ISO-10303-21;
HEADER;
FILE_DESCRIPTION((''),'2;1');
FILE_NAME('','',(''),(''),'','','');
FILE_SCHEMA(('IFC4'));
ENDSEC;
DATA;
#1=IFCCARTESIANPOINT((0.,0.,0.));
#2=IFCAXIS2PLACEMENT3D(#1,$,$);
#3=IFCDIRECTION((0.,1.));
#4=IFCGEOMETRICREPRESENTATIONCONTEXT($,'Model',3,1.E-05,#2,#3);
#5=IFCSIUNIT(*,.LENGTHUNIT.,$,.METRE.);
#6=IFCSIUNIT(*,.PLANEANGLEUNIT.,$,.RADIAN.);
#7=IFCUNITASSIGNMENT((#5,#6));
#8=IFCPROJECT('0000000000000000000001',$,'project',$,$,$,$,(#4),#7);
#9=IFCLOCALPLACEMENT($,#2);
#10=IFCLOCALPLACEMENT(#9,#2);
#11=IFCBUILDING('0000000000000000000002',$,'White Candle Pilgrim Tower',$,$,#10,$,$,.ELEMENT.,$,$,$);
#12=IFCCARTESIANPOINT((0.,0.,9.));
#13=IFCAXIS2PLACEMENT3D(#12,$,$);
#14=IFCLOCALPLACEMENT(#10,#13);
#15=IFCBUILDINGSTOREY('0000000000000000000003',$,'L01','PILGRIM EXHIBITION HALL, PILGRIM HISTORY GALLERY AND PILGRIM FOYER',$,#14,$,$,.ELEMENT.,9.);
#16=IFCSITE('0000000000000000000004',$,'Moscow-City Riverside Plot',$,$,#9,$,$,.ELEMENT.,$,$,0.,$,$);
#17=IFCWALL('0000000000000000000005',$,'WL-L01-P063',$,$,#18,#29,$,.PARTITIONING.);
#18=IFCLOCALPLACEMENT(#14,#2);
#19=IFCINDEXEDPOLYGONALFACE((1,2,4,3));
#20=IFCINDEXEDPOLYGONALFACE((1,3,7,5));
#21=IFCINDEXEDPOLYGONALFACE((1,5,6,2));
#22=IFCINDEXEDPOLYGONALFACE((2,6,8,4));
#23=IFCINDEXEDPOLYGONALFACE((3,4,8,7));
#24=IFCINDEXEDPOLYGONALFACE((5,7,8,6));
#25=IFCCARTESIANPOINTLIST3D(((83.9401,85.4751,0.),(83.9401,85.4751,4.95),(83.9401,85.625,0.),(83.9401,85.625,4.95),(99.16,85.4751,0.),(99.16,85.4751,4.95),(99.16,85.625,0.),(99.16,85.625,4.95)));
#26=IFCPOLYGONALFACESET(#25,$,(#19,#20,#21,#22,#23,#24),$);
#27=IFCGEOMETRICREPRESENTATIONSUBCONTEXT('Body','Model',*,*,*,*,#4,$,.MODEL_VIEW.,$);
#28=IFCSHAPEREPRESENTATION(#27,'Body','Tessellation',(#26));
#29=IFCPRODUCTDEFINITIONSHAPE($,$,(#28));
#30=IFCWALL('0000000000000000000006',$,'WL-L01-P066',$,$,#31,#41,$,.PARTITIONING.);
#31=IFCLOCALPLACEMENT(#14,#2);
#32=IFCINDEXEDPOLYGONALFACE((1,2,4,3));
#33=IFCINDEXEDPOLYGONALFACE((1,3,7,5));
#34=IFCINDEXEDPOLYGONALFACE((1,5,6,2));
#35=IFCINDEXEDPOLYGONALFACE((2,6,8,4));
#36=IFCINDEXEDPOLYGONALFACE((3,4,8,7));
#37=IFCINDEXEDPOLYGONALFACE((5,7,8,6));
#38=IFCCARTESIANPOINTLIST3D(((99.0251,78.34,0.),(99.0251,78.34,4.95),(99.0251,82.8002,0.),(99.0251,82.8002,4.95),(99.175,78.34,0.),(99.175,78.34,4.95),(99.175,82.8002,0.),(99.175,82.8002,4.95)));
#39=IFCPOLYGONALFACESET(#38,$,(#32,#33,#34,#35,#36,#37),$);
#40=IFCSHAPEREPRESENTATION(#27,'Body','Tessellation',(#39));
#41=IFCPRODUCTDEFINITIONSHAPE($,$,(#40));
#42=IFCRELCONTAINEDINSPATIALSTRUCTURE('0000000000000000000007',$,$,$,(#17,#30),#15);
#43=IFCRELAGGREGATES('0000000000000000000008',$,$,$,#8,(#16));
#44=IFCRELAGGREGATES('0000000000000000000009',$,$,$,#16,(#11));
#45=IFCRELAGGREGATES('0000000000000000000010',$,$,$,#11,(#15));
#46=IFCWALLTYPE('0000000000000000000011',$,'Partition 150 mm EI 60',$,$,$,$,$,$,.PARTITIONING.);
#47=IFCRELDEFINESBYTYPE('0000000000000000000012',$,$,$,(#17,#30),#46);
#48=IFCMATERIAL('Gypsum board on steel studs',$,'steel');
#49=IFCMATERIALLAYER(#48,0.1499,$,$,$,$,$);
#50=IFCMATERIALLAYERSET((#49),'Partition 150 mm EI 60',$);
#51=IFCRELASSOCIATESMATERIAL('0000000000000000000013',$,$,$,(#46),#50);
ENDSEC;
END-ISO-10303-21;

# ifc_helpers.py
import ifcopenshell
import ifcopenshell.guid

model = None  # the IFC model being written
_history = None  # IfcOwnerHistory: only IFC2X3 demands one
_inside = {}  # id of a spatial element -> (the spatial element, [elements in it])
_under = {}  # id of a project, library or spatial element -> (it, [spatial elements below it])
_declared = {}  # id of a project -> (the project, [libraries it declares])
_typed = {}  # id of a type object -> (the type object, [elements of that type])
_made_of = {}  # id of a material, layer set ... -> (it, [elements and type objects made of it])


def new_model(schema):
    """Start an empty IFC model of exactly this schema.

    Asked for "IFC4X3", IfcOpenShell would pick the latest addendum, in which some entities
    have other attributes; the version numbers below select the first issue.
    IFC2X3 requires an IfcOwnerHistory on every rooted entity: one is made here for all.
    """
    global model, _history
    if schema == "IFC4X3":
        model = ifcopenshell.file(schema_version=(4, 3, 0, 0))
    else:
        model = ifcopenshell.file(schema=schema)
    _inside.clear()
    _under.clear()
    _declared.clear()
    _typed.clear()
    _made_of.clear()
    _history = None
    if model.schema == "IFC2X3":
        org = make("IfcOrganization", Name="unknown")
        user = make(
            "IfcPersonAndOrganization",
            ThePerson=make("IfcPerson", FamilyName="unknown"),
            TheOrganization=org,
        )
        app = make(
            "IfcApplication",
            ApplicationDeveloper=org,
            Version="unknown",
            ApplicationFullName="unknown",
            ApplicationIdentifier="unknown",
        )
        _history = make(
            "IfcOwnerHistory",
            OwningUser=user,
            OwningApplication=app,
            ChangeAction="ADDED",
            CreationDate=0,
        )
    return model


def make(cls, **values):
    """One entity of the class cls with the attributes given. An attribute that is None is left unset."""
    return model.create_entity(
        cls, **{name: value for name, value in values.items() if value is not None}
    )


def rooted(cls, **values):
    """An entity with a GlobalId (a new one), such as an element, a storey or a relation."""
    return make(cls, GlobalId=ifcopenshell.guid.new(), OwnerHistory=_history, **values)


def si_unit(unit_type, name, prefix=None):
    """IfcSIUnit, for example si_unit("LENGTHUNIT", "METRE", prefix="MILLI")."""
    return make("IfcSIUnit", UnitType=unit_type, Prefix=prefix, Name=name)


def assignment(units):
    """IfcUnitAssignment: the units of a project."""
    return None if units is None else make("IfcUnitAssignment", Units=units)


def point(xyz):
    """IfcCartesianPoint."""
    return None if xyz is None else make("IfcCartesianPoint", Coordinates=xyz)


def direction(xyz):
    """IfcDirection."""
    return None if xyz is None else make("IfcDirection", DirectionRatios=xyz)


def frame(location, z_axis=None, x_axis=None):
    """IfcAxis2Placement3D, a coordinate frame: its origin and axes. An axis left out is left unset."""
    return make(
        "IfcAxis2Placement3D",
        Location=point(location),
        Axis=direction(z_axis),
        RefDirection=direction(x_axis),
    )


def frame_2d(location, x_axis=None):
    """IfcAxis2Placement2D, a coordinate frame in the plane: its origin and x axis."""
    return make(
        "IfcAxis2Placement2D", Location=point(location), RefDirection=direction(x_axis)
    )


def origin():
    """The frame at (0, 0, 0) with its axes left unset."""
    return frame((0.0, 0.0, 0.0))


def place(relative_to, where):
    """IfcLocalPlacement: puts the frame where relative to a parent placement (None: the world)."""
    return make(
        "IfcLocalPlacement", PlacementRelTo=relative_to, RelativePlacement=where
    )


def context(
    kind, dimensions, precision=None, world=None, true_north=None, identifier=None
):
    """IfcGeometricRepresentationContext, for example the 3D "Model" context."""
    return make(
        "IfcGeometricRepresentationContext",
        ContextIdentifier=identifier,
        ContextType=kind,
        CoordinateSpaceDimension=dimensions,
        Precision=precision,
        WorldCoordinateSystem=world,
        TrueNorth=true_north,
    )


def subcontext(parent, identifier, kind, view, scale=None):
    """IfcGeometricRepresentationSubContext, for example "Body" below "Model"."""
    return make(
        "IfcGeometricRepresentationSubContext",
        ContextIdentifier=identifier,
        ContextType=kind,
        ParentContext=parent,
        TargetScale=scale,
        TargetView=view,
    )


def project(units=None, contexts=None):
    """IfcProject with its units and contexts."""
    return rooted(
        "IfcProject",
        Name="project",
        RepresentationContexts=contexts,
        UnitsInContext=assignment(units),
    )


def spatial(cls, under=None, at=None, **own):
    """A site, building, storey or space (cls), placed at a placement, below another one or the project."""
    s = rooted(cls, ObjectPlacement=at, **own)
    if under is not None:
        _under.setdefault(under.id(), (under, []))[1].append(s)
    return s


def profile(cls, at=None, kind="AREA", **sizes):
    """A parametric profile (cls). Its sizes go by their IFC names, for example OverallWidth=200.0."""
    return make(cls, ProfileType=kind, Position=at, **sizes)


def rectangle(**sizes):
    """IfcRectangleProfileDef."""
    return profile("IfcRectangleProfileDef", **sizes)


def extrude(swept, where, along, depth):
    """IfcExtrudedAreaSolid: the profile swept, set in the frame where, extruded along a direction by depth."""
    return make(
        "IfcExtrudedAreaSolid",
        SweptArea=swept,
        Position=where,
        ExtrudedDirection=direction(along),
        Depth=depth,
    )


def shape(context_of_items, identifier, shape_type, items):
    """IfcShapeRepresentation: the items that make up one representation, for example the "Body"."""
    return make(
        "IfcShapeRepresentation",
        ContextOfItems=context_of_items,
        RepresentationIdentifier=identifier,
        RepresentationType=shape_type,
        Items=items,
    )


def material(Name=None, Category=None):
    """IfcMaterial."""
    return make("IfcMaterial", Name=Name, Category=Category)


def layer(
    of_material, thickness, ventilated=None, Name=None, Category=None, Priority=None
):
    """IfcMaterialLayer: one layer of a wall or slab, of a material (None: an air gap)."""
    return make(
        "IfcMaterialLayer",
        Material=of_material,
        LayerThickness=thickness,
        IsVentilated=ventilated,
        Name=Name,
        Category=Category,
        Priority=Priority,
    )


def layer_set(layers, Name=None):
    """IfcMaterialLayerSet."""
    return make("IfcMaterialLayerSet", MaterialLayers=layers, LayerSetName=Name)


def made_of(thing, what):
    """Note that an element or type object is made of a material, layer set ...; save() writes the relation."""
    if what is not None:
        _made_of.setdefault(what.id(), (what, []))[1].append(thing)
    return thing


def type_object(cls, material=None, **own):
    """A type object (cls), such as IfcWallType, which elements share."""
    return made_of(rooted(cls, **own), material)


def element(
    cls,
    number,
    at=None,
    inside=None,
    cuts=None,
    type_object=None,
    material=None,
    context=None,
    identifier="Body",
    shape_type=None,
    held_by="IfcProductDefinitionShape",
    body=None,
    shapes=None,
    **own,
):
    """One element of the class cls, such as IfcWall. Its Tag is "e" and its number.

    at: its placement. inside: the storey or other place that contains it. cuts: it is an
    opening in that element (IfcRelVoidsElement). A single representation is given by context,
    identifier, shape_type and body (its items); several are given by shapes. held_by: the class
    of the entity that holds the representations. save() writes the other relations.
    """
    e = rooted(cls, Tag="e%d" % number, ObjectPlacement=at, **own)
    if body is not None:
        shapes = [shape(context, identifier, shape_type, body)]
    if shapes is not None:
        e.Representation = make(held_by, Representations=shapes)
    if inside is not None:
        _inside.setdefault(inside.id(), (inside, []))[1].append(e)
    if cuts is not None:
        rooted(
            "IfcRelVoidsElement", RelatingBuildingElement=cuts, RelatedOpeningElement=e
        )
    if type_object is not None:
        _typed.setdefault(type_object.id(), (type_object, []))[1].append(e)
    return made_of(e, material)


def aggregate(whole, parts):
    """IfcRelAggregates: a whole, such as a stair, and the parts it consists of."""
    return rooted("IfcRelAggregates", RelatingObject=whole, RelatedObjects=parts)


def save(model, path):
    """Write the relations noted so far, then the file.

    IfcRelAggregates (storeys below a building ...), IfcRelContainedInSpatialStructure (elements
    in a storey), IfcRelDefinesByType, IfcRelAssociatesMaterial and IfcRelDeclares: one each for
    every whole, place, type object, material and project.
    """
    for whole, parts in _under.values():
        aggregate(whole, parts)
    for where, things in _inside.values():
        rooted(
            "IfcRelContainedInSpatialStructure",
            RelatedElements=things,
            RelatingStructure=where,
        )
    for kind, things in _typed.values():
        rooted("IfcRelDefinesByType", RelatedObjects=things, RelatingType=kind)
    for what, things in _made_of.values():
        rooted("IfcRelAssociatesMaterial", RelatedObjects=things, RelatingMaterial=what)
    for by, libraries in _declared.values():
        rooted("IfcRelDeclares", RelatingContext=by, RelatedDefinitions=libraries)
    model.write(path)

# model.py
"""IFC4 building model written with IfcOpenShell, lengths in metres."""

from ifc_helpers import new_model, si_unit, direction, frame, frame_2d, origin, place, context, subcontext, project, spatial, rectangle, extrude, material, layer, layer_set, type_object, element, save


model = new_model("IFC4")

# Units and contexts
model_context = context("Model", 3, precision=1e-05, world=origin(), true_north=direction((0.0, 1.0)))
body_context = subcontext(model_context, "Body", "Model", "MODEL_VIEW")
ifc_project = project(units=[si_unit("LENGTHUNIT", "METRE"), si_unit("PLANEANGLEUNIT", "RADIAN")], contexts=[model_context])

# Site, building, storey
site_placement = place(None, origin())
site = spatial("IfcSite", under=ifc_project, at=site_placement, Name="Moscow-City Riverside Plot", CompositionType="ELEMENT", RefElevation=0.0)
building_placement = place(site_placement, origin())
building = spatial("IfcBuilding", under=site, at=building_placement, Name="White Candle Pilgrim Tower", CompositionType="ELEMENT")
storey_placement = place(building_placement, frame((0.0, 0.0, 9.0)))
storey = spatial("IfcBuildingStorey", under=building, at=storey_placement, Name="L01", Description="PILGRIM EXHIBITION HALL, PILGRIM HISTORY GALLERY AND PILGRIM FOYER", CompositionType="ELEMENT", Elevation=9.0)

# Shared definitions
ifc_material_1 = material(Name="Gypsum board on steel studs", Category="steel")
ifc_layer_1 = layer(ifc_material_1, 0.1499)
ifc_layer_set_1 = layer_set([ifc_layer_1], Name="Partition 150 mm EI 60")
wall_type_1 = type_object("IfcWallType", Name="Partition 150 mm EI 60", PredefinedType="PARTITIONING", material=ifc_layer_set_1)

# Walls
wall_1_placement = place(storey_placement, frame((99.1599, 85.55, 0.0), z_axis=(0.0, 0.0, 1.0), x_axis=(-1.0, 0.0, 0.0)))
element("IfcWall", 1, at=wall_1_placement, inside=storey, type_object=wall_type_1, Name="WL-L01-P063", PredefinedType="PARTITIONING", context=body_context, shape_type="SweptSolid", body=[
    extrude(rectangle(XDim=15.22, YDim=0.1499, at=frame_2d((7.6099, 0.0))), origin(), (0.0, 0.0, 1.0), 4.95),
])
wall_2_placement = place(storey_placement, frame((99.1001, 78.3401, 0.0), z_axis=(0.0, 0.0, 1.0), x_axis=(0.0, 1.0, 0.0)))
element("IfcWall", 2, at=wall_2_placement, inside=storey, type_object=wall_type_1, Name="WL-L01-P066", PredefinedType="PARTITIONING", context=body_context, shape_type="SweptSolid", body=[
    extrude(rectangle(XDim=4.4602, YDim=0.1499, at=frame_2d((2.23, 0.0))), origin(), (0.0, 0.0, 1.0), 4.95),
])

save(model, "model.ifc")
